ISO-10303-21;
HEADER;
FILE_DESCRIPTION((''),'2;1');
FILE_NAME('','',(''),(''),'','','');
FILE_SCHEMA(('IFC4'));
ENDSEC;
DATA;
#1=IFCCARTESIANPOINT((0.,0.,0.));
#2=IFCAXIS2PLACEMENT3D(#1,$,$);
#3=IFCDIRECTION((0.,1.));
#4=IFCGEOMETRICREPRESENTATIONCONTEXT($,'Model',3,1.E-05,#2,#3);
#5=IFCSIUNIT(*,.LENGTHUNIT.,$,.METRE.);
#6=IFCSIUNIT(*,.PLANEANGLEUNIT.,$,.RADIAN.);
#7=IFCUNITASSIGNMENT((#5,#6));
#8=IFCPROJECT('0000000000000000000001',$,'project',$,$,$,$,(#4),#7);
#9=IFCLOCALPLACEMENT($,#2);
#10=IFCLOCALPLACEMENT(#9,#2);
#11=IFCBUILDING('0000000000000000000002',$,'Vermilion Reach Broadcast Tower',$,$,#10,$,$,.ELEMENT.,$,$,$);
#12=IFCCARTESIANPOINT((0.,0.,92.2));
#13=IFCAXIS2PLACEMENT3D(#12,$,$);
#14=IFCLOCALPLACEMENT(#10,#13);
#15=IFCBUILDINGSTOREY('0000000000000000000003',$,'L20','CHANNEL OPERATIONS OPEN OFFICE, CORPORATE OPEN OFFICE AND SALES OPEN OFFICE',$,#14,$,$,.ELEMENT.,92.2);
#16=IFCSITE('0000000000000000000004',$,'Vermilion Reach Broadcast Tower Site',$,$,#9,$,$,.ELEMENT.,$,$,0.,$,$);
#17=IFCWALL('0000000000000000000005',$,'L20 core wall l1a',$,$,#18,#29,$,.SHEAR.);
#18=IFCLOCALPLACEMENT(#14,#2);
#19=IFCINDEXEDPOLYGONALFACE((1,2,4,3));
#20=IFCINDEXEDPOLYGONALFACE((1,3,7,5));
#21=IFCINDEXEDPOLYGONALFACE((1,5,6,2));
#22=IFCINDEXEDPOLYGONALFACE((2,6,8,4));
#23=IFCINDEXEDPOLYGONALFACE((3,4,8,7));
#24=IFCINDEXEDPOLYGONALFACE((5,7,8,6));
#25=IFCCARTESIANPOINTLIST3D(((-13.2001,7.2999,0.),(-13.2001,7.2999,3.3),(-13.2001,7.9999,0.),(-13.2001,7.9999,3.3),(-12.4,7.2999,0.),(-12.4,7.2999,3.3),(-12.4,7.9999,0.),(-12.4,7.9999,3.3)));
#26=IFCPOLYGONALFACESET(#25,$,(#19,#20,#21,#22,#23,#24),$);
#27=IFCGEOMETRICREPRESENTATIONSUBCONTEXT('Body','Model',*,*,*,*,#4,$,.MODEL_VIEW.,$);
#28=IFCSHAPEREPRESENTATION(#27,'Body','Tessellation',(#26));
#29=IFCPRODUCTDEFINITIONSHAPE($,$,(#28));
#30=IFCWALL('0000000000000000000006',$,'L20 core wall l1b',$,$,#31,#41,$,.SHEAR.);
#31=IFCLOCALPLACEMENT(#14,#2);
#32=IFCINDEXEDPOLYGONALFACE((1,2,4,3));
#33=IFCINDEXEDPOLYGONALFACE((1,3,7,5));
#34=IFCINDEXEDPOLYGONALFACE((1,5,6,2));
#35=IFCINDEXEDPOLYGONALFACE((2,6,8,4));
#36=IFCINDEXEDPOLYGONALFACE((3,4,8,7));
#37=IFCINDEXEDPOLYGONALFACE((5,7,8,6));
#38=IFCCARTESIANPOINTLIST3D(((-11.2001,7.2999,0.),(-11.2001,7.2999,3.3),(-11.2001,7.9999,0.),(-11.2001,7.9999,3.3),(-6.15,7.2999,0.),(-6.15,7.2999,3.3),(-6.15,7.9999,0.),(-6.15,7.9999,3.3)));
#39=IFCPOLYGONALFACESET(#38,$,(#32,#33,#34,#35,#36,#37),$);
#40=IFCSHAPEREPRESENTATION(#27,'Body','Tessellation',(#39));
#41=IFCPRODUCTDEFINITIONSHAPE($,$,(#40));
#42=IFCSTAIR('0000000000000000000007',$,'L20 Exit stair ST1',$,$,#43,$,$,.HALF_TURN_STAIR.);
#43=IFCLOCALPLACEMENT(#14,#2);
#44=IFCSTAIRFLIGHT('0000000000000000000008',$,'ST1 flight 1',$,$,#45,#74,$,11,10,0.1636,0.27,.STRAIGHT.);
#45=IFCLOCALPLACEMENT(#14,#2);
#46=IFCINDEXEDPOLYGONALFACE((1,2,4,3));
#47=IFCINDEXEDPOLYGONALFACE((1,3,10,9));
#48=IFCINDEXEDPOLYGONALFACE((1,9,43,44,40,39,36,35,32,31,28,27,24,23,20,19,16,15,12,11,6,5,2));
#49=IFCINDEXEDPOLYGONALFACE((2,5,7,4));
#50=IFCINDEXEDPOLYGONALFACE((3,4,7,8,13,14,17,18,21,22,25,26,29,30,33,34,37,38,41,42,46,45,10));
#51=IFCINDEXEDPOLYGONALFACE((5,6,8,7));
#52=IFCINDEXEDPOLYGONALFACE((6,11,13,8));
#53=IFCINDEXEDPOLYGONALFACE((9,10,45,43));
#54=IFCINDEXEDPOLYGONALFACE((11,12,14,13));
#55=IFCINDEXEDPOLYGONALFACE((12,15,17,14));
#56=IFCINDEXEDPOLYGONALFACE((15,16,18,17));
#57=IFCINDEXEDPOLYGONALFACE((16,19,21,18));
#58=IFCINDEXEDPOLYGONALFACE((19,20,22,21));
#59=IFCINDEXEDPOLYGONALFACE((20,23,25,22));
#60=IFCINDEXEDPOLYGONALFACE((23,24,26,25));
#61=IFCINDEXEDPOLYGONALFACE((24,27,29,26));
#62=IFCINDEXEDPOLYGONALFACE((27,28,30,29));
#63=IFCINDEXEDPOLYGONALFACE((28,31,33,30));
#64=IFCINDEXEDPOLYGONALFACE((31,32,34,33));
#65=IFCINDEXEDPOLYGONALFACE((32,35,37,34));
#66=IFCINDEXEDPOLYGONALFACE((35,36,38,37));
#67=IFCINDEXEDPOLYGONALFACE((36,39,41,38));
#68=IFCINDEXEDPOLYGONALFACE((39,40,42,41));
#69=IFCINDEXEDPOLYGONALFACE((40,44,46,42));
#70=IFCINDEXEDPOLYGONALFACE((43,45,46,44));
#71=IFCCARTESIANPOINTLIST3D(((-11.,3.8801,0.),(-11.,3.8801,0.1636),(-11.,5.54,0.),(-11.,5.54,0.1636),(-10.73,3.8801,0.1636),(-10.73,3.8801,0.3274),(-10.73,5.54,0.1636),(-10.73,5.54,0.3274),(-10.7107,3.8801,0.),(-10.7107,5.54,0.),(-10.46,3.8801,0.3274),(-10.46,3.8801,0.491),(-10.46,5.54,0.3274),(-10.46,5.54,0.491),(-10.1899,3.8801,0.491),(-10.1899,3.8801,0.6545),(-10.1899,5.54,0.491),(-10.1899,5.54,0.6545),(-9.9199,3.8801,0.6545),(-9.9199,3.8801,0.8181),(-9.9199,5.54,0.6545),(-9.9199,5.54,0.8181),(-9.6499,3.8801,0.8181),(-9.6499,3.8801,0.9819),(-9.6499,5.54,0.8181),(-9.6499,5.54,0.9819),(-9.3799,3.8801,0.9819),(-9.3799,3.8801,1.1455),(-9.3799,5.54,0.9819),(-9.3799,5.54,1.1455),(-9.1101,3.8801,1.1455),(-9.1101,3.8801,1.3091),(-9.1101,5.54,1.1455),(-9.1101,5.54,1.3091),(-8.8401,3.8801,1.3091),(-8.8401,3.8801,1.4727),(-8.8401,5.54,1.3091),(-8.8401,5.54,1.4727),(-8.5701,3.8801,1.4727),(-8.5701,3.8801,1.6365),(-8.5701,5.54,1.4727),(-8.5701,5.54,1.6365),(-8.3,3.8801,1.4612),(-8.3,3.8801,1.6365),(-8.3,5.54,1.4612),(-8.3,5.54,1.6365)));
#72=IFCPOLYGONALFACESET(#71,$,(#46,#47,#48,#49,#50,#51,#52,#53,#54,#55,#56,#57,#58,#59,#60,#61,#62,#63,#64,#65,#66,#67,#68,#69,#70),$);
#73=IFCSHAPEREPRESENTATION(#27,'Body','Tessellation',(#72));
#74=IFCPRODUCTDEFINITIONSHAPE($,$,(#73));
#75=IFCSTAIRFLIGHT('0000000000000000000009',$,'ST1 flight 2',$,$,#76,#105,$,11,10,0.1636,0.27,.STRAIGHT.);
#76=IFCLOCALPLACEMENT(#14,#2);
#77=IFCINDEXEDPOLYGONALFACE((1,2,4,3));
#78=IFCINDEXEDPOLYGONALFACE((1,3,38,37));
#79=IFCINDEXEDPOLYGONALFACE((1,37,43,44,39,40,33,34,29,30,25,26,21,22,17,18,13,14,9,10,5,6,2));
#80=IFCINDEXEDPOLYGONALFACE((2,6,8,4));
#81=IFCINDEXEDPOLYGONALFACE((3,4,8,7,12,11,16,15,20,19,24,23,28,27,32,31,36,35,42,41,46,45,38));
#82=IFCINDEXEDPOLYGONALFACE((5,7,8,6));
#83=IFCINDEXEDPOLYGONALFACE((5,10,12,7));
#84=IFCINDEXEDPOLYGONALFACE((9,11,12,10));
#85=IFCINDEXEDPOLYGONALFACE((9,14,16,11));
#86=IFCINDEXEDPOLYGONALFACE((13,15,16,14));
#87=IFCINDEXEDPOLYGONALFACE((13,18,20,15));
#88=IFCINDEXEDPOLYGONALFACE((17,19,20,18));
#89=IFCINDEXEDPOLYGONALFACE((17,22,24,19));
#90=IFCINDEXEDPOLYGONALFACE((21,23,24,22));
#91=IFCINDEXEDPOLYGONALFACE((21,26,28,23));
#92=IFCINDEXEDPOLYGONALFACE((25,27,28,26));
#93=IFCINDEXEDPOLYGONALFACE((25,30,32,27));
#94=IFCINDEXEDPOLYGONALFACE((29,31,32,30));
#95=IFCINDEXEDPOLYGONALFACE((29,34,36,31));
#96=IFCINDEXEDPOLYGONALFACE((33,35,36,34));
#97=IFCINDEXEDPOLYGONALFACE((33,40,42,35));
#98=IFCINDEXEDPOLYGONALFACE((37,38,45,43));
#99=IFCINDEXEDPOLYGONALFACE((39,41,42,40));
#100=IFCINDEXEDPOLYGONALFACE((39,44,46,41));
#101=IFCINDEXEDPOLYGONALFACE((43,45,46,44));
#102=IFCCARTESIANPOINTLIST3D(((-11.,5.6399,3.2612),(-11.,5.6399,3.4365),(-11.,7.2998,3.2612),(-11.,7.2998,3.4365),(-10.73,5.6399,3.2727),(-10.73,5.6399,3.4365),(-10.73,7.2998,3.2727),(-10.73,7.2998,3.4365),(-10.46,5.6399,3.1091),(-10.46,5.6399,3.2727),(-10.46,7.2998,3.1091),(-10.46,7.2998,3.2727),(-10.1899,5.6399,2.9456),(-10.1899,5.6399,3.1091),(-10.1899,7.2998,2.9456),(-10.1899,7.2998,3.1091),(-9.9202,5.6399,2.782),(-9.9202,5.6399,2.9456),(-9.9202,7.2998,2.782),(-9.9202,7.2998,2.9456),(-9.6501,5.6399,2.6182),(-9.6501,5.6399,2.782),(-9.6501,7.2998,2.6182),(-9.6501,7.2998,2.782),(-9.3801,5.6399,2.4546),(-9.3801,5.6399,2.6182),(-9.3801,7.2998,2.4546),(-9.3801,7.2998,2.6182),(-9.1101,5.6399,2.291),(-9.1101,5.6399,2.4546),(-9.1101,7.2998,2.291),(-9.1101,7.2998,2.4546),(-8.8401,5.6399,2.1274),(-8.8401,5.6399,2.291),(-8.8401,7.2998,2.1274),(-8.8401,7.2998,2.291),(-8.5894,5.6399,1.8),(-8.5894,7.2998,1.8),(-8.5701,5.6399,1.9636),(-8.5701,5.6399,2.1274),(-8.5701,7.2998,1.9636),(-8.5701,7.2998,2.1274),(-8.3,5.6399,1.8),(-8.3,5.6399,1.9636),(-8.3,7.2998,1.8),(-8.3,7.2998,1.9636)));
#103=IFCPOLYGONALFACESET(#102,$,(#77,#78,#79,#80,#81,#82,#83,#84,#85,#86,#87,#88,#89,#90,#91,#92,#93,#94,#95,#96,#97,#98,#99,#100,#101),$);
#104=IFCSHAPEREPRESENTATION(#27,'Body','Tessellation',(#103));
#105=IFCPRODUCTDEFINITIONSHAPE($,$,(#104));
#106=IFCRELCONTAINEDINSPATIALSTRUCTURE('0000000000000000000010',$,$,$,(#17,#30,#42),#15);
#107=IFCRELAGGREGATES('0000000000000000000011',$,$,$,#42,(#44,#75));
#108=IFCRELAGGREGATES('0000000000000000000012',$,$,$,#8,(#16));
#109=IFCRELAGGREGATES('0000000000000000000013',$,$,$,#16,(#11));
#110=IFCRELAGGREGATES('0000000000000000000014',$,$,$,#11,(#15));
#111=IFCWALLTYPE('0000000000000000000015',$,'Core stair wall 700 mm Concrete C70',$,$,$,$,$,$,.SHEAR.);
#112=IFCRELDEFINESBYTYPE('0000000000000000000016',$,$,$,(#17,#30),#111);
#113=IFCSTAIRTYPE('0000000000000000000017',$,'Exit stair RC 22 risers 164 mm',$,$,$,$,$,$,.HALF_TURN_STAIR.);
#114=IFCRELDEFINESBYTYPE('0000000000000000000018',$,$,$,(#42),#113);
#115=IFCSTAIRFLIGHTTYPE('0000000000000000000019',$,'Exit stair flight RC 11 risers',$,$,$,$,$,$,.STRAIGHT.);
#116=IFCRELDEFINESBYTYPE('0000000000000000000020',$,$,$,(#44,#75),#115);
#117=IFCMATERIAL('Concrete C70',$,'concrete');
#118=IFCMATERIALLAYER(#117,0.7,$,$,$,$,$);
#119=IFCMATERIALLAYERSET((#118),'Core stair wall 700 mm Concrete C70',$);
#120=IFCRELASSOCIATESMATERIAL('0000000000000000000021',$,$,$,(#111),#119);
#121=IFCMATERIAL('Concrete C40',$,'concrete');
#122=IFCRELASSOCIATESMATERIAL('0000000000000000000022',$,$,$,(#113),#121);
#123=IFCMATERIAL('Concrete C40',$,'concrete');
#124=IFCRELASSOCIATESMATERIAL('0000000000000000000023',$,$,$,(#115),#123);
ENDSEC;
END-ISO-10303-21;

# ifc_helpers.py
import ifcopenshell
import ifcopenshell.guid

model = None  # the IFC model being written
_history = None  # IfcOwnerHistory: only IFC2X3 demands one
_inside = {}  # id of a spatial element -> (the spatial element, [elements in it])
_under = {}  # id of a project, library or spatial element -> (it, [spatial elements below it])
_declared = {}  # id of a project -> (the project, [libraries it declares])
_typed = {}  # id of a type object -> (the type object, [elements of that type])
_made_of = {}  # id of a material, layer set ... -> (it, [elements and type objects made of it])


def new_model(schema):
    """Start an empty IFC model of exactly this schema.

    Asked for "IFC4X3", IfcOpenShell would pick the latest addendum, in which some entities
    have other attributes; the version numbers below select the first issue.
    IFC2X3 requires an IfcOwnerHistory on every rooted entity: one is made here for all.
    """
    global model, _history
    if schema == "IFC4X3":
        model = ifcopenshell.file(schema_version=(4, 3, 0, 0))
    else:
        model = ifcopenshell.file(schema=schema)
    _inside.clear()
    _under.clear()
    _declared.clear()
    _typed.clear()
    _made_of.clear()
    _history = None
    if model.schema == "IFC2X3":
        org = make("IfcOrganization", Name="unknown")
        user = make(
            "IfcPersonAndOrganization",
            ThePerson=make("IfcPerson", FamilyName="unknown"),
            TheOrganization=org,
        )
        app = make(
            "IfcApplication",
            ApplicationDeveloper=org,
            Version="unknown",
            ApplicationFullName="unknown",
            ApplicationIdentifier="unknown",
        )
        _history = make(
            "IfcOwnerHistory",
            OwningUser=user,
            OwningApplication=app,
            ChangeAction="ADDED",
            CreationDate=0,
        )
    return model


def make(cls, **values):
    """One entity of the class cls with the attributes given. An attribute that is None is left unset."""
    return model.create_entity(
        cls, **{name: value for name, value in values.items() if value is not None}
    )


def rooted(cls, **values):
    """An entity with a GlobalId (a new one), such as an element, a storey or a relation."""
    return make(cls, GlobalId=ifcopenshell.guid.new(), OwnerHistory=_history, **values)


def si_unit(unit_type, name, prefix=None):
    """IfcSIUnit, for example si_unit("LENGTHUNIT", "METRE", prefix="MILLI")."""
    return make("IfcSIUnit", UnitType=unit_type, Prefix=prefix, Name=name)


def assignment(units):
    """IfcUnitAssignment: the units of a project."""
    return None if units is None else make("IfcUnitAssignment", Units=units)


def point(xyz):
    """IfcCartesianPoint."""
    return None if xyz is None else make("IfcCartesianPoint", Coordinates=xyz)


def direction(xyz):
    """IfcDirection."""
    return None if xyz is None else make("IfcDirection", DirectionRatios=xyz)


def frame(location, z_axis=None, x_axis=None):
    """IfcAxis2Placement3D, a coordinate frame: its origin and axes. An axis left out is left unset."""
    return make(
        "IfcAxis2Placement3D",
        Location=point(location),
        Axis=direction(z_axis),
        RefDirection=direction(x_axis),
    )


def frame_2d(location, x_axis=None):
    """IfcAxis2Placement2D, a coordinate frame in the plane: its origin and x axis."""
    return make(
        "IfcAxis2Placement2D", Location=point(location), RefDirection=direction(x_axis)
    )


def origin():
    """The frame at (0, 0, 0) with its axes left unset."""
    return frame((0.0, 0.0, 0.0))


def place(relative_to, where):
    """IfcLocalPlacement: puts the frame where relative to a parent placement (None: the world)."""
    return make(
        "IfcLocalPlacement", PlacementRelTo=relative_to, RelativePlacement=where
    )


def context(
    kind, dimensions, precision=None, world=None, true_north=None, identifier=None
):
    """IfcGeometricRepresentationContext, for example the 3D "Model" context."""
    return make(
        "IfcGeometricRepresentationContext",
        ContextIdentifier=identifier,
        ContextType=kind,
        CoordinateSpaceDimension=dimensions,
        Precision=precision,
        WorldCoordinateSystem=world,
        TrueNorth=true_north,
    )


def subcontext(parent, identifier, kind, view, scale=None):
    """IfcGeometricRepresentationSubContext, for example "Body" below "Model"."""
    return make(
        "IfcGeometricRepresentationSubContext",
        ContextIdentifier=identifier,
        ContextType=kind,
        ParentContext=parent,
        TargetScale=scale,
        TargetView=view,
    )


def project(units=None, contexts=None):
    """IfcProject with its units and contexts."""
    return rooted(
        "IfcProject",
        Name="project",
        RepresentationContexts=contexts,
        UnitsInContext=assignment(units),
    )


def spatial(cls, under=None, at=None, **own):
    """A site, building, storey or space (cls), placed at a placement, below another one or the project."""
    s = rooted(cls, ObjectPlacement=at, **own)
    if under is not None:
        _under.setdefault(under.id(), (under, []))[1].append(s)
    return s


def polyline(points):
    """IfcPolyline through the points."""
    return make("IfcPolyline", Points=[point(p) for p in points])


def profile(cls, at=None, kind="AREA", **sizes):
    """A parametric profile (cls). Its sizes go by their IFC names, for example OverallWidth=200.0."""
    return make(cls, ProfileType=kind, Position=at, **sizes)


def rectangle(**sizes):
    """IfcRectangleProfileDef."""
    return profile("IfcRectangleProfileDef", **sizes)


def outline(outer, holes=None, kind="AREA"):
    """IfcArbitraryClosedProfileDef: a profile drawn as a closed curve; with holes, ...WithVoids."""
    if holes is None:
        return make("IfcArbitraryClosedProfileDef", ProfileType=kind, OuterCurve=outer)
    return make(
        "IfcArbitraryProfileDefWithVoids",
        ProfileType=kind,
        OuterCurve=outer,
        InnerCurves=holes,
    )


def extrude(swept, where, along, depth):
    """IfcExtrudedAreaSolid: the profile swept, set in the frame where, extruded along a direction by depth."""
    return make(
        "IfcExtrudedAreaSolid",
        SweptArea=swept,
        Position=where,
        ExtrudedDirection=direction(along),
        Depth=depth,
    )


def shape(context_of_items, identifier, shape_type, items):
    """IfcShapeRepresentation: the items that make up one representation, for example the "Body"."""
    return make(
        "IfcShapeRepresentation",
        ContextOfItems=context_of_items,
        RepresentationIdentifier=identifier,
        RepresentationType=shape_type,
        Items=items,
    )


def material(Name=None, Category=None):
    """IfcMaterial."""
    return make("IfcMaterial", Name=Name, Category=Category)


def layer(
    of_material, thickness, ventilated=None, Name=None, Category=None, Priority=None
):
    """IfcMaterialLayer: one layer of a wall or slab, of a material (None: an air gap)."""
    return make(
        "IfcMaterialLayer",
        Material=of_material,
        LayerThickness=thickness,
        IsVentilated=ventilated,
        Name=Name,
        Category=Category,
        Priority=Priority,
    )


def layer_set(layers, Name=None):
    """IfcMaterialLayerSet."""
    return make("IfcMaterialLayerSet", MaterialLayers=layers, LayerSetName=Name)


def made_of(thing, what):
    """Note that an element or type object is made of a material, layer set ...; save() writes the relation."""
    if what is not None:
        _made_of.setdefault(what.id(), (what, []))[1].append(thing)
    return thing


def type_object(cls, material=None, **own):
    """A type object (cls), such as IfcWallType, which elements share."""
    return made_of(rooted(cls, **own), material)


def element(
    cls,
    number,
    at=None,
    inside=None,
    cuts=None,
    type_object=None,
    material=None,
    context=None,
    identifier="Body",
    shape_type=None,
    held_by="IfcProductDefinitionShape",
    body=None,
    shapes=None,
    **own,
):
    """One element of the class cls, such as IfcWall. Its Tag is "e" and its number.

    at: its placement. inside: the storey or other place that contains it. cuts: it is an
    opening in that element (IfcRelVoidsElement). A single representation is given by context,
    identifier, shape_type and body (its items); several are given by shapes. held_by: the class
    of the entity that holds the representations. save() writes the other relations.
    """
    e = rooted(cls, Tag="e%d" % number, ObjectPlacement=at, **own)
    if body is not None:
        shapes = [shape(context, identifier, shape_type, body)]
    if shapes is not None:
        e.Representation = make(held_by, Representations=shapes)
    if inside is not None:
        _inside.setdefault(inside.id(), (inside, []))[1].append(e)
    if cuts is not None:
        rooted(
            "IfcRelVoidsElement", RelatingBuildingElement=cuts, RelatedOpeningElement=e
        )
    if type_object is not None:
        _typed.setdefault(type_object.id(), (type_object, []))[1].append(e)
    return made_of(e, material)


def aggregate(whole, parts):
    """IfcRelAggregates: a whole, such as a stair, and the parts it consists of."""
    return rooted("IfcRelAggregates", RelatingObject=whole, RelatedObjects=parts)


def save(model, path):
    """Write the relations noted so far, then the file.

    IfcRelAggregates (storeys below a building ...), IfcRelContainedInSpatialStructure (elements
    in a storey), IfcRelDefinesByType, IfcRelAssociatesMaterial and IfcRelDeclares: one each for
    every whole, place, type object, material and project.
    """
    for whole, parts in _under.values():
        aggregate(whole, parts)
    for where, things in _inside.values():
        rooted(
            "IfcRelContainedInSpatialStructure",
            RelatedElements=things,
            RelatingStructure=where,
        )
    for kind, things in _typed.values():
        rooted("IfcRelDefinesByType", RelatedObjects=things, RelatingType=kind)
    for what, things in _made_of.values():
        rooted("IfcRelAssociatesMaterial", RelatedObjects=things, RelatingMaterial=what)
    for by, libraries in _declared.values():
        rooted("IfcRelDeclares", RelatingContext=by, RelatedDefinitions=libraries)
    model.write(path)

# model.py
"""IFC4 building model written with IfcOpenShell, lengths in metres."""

from ifc_helpers import new_model, si_unit, direction, frame, frame_2d, origin, place, context, subcontext, project, spatial, polyline, rectangle, outline, extrude, material, layer, layer_set, type_object, element, aggregate, save


model = new_model("IFC4")

# Units and contexts
model_context = context("Model", 3, precision=1e-05, world=origin(), true_north=direction((0.0, 1.0)))
body_context = subcontext(model_context, "Body", "Model", "MODEL_VIEW")
ifc_project = project(units=[si_unit("LENGTHUNIT", "METRE"), si_unit("PLANEANGLEUNIT", "RADIAN")], contexts=[model_context])

# Site, building, storey
site_placement = place(None, origin())
site = spatial("IfcSite", under=ifc_project, at=site_placement, Name="Vermilion Reach Broadcast Tower Site", CompositionType="ELEMENT", RefElevation=0.0)
building_placement = place(site_placement, origin())
building = spatial("IfcBuilding", under=site, at=building_placement, Name="Vermilion Reach Broadcast Tower", CompositionType="ELEMENT")
storey_placement = place(building_placement, frame((0.0, 0.0, 92.2)))
storey = spatial("IfcBuildingStorey", under=building, at=storey_placement, Name="L20", Description="CHANNEL OPERATIONS OPEN OFFICE, CORPORATE OPEN OFFICE AND SALES OPEN OFFICE", CompositionType="ELEMENT", Elevation=92.2)

# Walls
ifc_material_1 = material(Name="Concrete C70", Category="concrete")
ifc_layer_1 = layer(ifc_material_1, 0.7)
ifc_layer_set_1 = layer_set([ifc_layer_1], Name="Core stair wall 700 mm Concrete C70")
wall_type_1 = type_object("IfcWallType", Name="Core stair wall 700 mm Concrete C70", PredefinedType="SHEAR", material=ifc_layer_set_1)
wall_1_placement = place(storey_placement, frame((-13.2, 7.6499, 0.0), z_axis=(0.0, 0.0, 1.0), x_axis=(1.0, 0.0, 0.0)))
element("IfcWall", 1, at=wall_1_placement, inside=storey, type_object=wall_type_1, Name="L20 core wall l1a", PredefinedType="SHEAR", context=body_context, shape_type="SweptSolid", body=[
    extrude(rectangle(XDim=0.8, YDim=0.7, at=frame_2d((0.3999, 0.0))), origin(), (0.0, 0.0, 1.0), 3.3),
])
wall_2_placement = place(storey_placement, frame((-11.2, 7.6499, 0.0), z_axis=(0.0, 0.0, 1.0), x_axis=(1.0, 0.0, 0.0)))
element("IfcWall", 2, at=wall_2_placement, inside=storey, type_object=wall_type_1, Name="L20 core wall l1b", PredefinedType="SHEAR", context=body_context, shape_type="SweptSolid", body=[
    extrude(rectangle(XDim=5.05, YDim=0.7, at=frame_2d((2.5249, 0.0))), origin(), (0.0, 0.0, 1.0), 3.3),
])

# Stair, stair flights
ifc_material_2 = material(Name="Concrete C40", Category="concrete")
stair_type = type_object("IfcStairType", Name="Exit stair RC 22 risers 164 mm", PredefinedType="HALF_TURN_STAIR", material=ifc_material_2)
stair_placement = place(storey_placement, origin())
stair = element("IfcStair", 3, at=stair_placement, inside=storey, type_object=stair_type, Name="L20 Exit stair ST1", PredefinedType="HALF_TURN_STAIR")
ifc_material_3 = material(Name="Concrete C40", Category="concrete")
stair_flight_type = type_object("IfcStairFlightType", Name="Exit stair flight RC 11 risers", PredefinedType="STRAIGHT", material=ifc_material_3)
stair_flight_1_placement = place(storey_placement, frame((-11.0, 4.71, 0.0), z_axis=(0.0, 0.0, 1.0), x_axis=(1.0, 0.0, 0.0)))
stair_flight_1 = element("IfcStairFlight", 4, at=stair_flight_1_placement, type_object=stair_flight_type, Name="ST1 flight 1", NumberOfRisers=11, NumberOfTreads=10, PredefinedType="STRAIGHT", RiserHeight=0.1636, TreadLength=0.27, context=body_context, shape_type="SweptSolid", body=[
    extrude(outline(polyline([(0.0, 0.0), (0.0, 0.1636), (0.27, 0.1636), (0.27, 0.3274), (0.54, 0.3274), (0.54, 0.491), (0.8101, 0.491), (0.8101, 0.6545), (1.0801, 0.6545), (1.0801, 0.8181), (1.3501, 0.8181), (1.3501, 0.9819), (1.6201, 0.9819), (1.6201, 1.1455), (1.8899, 1.1455), (1.8899, 1.3091), (2.1599, 1.3091), (2.1599, 1.4727), (2.4299, 1.4727), (2.4299, 1.6365), (2.7, 1.6365), (2.7, 1.8), (2.7, 1.4612), (0.2893, 0.0), (0.0, 0.0)])), frame((0.0, 0.8301, 0.0), z_axis=(0.0, -1.0, 0.0), x_axis=(1.0, 0.0, 0.0)), (0.0, 0.0, 1.0), 1.6599),
])
stair_flight_2_placement = place(storey_placement, frame((-8.3, 6.47, 1.8), z_axis=(0.0, 0.0, 1.0), x_axis=(-1.0, 0.0, 0.0)))
stair_flight_2 = element("IfcStairFlight", 5, at=stair_flight_2_placement, type_object=stair_flight_type, Name="ST1 flight 2", NumberOfRisers=11, NumberOfTreads=10, PredefinedType="STRAIGHT", RiserHeight=0.1636, TreadLength=0.27, context=body_context, shape_type="SweptSolid", body=[
    extrude(outline(polyline([(0.0, 0.0), (0.0, 0.1636), (0.27, 0.1636), (0.27, 0.3274), (0.54, 0.3274), (0.54, 0.491), (0.8101, 0.491), (0.8101, 0.6545), (1.0801, 0.6545), (1.0801, 0.8181), (1.3501, 0.8181), (1.3501, 0.9819), (1.6201, 0.9819), (1.6201, 1.1455), (1.8899, 1.1455), (1.8899, 1.3091), (2.1599, 1.3091), (2.1599, 1.4727), (2.4299, 1.4727), (2.4299, 1.6365), (2.7, 1.6365), (2.7, 1.8), (2.7, 1.4612), (0.2893, 0.0), (0.0, 0.0)])), frame((0.0, 0.8301, 0.0), z_axis=(0.0, -1.0, 0.0), x_axis=(1.0, 0.0, 0.0)), (0.0, 0.0, 1.0), 1.6599),
])
aggregate(stair, [stair_flight_1, stair_flight_2])

save(model, "model.ifc")
